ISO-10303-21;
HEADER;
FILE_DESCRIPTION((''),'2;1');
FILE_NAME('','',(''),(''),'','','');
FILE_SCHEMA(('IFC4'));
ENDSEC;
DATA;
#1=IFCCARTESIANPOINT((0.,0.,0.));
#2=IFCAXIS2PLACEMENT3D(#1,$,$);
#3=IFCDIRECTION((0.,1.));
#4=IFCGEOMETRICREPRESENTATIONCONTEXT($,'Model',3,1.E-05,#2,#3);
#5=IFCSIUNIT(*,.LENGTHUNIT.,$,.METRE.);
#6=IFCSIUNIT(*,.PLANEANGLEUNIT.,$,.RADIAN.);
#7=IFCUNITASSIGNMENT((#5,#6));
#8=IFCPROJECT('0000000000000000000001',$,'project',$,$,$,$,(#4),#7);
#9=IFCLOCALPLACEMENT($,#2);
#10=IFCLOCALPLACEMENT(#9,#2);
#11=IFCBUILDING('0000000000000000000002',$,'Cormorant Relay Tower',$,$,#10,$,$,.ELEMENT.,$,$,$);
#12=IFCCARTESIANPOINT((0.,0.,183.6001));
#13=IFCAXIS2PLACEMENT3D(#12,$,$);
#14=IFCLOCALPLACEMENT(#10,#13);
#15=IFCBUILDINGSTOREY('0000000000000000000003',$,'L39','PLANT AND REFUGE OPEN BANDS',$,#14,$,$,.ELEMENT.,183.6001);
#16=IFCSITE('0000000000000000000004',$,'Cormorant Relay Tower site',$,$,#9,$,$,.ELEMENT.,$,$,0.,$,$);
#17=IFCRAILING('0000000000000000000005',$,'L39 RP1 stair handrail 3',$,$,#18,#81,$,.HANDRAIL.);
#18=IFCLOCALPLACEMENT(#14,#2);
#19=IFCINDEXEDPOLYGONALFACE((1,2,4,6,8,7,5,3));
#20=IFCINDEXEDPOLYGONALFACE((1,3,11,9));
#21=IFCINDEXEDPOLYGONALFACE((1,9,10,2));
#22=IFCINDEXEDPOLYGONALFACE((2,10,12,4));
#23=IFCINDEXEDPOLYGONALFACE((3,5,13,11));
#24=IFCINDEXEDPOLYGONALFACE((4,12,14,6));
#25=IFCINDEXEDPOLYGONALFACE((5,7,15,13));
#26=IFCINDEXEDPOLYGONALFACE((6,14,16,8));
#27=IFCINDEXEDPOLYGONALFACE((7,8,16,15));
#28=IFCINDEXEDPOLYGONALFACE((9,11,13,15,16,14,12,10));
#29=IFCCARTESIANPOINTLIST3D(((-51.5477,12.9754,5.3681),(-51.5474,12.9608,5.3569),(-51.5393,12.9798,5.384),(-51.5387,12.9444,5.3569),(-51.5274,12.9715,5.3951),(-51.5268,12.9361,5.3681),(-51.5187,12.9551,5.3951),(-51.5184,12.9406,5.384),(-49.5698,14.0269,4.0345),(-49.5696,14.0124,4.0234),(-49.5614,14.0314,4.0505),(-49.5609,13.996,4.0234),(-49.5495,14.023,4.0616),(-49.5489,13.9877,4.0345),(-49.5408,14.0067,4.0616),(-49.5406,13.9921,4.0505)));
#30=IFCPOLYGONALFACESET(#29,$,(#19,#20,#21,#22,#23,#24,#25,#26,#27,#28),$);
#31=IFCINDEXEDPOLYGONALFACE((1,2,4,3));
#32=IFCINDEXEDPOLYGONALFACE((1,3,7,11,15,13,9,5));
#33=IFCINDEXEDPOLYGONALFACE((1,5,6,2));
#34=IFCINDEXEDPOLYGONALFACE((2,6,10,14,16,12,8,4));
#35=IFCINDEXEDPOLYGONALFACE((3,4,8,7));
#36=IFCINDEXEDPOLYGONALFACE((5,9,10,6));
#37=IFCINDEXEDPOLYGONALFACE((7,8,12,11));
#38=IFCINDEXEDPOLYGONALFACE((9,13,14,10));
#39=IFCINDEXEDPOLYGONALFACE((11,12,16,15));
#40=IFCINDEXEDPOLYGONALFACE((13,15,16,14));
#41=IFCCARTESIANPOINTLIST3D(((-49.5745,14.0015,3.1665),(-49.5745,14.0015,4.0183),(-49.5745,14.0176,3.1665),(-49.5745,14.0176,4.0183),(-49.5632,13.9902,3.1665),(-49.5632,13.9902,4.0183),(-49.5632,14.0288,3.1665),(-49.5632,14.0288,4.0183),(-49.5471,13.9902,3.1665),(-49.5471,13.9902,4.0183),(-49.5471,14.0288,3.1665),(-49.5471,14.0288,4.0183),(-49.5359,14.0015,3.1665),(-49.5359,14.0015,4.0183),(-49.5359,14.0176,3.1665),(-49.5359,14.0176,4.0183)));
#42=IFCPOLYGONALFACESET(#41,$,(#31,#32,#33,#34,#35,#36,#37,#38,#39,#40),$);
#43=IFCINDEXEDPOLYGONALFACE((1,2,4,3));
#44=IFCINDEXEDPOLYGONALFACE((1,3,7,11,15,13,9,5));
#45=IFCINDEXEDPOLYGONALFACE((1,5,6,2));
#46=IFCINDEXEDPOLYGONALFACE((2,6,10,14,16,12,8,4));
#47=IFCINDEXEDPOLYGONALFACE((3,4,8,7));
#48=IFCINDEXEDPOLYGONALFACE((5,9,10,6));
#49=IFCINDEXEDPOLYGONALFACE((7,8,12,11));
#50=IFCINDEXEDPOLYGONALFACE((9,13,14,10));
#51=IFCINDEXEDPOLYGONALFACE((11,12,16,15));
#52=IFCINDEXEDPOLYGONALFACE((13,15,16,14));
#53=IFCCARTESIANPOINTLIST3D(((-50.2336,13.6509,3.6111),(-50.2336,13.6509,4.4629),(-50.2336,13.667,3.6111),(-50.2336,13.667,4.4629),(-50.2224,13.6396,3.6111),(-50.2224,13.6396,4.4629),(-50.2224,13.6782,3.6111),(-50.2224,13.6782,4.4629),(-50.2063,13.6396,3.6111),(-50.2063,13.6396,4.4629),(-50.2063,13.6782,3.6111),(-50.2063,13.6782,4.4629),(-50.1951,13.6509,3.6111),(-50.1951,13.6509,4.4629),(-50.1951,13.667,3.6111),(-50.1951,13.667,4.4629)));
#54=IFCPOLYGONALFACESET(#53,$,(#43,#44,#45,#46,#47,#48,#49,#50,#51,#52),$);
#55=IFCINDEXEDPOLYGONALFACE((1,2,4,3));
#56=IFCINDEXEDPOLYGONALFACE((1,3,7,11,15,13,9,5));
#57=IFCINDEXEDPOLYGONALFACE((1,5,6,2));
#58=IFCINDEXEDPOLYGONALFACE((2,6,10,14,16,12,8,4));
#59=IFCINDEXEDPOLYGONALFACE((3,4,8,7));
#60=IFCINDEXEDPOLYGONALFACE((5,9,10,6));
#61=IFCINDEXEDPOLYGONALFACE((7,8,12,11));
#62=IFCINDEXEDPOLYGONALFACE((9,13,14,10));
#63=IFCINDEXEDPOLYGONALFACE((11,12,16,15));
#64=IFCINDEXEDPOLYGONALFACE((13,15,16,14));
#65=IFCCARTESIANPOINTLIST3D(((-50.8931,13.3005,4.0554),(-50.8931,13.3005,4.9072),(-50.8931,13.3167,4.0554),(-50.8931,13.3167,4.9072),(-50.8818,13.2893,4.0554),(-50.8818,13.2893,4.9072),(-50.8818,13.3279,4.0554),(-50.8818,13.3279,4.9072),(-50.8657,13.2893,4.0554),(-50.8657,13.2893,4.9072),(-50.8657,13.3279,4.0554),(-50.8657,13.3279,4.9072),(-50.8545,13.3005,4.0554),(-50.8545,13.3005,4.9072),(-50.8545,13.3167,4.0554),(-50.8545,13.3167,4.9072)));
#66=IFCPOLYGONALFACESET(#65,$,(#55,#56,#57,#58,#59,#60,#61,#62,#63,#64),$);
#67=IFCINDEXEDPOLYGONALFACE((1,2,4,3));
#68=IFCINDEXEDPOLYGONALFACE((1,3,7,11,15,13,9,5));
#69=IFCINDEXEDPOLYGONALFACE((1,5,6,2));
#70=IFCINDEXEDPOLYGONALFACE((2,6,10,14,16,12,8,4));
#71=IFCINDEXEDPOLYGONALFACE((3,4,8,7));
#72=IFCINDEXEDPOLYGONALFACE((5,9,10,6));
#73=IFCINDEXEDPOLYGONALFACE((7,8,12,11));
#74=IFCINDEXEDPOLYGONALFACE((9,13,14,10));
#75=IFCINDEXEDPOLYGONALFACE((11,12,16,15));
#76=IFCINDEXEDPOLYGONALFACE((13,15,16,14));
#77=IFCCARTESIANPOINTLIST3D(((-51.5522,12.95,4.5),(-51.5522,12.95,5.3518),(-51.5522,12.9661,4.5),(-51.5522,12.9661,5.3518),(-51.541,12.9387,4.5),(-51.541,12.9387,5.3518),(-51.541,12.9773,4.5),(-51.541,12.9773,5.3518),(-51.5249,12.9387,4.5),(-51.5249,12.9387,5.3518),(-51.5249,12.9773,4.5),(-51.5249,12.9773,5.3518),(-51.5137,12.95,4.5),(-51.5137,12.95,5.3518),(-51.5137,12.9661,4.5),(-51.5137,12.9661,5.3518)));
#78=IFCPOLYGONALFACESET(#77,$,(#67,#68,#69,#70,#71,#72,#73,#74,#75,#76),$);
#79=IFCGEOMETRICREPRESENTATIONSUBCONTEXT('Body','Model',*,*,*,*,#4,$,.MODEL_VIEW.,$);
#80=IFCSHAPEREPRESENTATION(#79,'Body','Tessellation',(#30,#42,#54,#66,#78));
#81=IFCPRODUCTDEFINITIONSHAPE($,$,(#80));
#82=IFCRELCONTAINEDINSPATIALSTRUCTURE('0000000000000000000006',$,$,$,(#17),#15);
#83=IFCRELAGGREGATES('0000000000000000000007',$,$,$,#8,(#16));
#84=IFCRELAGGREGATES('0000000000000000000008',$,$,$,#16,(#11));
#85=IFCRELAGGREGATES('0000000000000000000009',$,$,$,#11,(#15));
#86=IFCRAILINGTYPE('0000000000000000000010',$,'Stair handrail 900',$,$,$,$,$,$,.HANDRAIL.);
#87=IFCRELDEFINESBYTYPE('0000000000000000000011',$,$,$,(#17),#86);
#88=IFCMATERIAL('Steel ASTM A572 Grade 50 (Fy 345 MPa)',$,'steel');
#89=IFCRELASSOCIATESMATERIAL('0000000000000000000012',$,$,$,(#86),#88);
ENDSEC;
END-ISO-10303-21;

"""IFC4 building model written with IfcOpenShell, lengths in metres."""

from ifc_helpers import new_model, si_unit, direction, frame, origin, place, context, subcontext, project, spatial, polyline, outline, extrude, material, type_object, element, save


model = new_model("IFC4")

# Units and contexts
model_context = context("Model", 3, precision=1e-05, world=origin(), true_north=direction((0.0, 1.0)))
body_context = subcontext(model_context, "Body", "Model", "MODEL_VIEW")
ifc_project = project(units=[si_unit("LENGTHUNIT", "METRE"), si_unit("PLANEANGLEUNIT", "RADIAN")], contexts=[model_context])

# Site, building, storey
site_placement = place(None, origin())
site = spatial("IfcSite", under=ifc_project, at=site_placement, Name="Cormorant Relay Tower site", CompositionType="ELEMENT", RefElevation=0.0)
building_placement = place(site_placement, origin())
building = spatial("IfcBuilding", under=site, at=building_placement, Name="Cormorant Relay Tower", CompositionType="ELEMENT")
storey_placement = place(building_placement, frame((0.0, 0.0, 183.6001)))
storey = spatial("IfcBuildingStorey", under=building, at=storey_placement, Name="L39", Description="PLANT AND REFUGE OPEN BANDS", CompositionType="ELEMENT", Elevation=183.6001)

# Railing
ifc_material_1 = material(Name="Steel ASTM A572 Grade 50 (Fy 345 MPa)", Category="steel")
railing_type_1 = type_object("IfcRailingType", Name="Stair handrail 900", PredefinedType="HANDRAIL", material=ifc_material_1)
railing_1_placement = place(storey_placement, frame((-49.5552, 14.0095, 3.1665)))
element("IfcRailing", 1, at=railing_1_placement, inside=storey, type_object=railing_type_1, Name="L39 RP1 stair handrail 3", PredefinedType="HANDRAIL", context=body_context, shape_type="SweptSolid", body=[
    extrude(outline(polyline([(0.0222, 0.0093), (0.0093, 0.0222), (-0.0093, 0.0222), (-0.0222, 0.0093), (-0.0222, -0.0093), (-0.0093, -0.0222), (0.0093, -0.0222), (0.0222, -0.0093), (0.0222, 0.0093)])), frame((0.0, 0.0, 0.876), z_axis=(-0.758695, -0.40337, 0.511541), x_axis=(0.469439, -0.882965, 0.0)), (0.0, 0.0, 1.0), 2.6069),
    extrude(outline(polyline([(0.0193, 0.0081), (0.0081, 0.0193), (-0.0081, 0.0193), (-0.0193, 0.0081), (-0.0193, -0.0081), (-0.0081, -0.0193), (0.0081, -0.0193), (0.0193, -0.0081), (0.0193, 0.0081)])), origin(), (0.0, 0.0, 1.0), 0.8518),
    extrude(outline(polyline([(0.0193, 0.0081), (0.0081, 0.0193), (-0.0081, 0.0193), (-0.0193, 0.0081), (-0.0193, -0.0081), (-0.0081, -0.0193), (0.0081, -0.0193), (0.0193, -0.0081), (0.0193, 0.0081)])), frame((-0.6592, -0.3506, 0.4446)), (0.0, 0.0, 1.0), 0.8518),
    extrude(outline(polyline([(0.0193, 0.0081), (0.0081, 0.0193), (-0.0081, 0.0193), (-0.0193, 0.0081), (-0.0193, -0.0081), (-0.0081, -0.0193), (0.0081, -0.0193), (0.0193, -0.0081), (0.0193, 0.0081)])), frame((-1.3186, -0.7009, 0.8889)), (0.0, 0.0, 1.0), 0.8518),
    extrude(outline(polyline([(0.0193, 0.0081), (0.0081, 0.0193), (-0.0081, 0.0193), (-0.0193, 0.0081), (-0.0193, -0.0081), (-0.0081, -0.0193), (0.0081, -0.0193), (0.0193, -0.0081), (0.0193, 0.0081)])), frame((-1.9778, -1.0515, 1.3335)), (0.0, 0.0, 1.0), 0.8518),
])

save(model, "model.ifc")
